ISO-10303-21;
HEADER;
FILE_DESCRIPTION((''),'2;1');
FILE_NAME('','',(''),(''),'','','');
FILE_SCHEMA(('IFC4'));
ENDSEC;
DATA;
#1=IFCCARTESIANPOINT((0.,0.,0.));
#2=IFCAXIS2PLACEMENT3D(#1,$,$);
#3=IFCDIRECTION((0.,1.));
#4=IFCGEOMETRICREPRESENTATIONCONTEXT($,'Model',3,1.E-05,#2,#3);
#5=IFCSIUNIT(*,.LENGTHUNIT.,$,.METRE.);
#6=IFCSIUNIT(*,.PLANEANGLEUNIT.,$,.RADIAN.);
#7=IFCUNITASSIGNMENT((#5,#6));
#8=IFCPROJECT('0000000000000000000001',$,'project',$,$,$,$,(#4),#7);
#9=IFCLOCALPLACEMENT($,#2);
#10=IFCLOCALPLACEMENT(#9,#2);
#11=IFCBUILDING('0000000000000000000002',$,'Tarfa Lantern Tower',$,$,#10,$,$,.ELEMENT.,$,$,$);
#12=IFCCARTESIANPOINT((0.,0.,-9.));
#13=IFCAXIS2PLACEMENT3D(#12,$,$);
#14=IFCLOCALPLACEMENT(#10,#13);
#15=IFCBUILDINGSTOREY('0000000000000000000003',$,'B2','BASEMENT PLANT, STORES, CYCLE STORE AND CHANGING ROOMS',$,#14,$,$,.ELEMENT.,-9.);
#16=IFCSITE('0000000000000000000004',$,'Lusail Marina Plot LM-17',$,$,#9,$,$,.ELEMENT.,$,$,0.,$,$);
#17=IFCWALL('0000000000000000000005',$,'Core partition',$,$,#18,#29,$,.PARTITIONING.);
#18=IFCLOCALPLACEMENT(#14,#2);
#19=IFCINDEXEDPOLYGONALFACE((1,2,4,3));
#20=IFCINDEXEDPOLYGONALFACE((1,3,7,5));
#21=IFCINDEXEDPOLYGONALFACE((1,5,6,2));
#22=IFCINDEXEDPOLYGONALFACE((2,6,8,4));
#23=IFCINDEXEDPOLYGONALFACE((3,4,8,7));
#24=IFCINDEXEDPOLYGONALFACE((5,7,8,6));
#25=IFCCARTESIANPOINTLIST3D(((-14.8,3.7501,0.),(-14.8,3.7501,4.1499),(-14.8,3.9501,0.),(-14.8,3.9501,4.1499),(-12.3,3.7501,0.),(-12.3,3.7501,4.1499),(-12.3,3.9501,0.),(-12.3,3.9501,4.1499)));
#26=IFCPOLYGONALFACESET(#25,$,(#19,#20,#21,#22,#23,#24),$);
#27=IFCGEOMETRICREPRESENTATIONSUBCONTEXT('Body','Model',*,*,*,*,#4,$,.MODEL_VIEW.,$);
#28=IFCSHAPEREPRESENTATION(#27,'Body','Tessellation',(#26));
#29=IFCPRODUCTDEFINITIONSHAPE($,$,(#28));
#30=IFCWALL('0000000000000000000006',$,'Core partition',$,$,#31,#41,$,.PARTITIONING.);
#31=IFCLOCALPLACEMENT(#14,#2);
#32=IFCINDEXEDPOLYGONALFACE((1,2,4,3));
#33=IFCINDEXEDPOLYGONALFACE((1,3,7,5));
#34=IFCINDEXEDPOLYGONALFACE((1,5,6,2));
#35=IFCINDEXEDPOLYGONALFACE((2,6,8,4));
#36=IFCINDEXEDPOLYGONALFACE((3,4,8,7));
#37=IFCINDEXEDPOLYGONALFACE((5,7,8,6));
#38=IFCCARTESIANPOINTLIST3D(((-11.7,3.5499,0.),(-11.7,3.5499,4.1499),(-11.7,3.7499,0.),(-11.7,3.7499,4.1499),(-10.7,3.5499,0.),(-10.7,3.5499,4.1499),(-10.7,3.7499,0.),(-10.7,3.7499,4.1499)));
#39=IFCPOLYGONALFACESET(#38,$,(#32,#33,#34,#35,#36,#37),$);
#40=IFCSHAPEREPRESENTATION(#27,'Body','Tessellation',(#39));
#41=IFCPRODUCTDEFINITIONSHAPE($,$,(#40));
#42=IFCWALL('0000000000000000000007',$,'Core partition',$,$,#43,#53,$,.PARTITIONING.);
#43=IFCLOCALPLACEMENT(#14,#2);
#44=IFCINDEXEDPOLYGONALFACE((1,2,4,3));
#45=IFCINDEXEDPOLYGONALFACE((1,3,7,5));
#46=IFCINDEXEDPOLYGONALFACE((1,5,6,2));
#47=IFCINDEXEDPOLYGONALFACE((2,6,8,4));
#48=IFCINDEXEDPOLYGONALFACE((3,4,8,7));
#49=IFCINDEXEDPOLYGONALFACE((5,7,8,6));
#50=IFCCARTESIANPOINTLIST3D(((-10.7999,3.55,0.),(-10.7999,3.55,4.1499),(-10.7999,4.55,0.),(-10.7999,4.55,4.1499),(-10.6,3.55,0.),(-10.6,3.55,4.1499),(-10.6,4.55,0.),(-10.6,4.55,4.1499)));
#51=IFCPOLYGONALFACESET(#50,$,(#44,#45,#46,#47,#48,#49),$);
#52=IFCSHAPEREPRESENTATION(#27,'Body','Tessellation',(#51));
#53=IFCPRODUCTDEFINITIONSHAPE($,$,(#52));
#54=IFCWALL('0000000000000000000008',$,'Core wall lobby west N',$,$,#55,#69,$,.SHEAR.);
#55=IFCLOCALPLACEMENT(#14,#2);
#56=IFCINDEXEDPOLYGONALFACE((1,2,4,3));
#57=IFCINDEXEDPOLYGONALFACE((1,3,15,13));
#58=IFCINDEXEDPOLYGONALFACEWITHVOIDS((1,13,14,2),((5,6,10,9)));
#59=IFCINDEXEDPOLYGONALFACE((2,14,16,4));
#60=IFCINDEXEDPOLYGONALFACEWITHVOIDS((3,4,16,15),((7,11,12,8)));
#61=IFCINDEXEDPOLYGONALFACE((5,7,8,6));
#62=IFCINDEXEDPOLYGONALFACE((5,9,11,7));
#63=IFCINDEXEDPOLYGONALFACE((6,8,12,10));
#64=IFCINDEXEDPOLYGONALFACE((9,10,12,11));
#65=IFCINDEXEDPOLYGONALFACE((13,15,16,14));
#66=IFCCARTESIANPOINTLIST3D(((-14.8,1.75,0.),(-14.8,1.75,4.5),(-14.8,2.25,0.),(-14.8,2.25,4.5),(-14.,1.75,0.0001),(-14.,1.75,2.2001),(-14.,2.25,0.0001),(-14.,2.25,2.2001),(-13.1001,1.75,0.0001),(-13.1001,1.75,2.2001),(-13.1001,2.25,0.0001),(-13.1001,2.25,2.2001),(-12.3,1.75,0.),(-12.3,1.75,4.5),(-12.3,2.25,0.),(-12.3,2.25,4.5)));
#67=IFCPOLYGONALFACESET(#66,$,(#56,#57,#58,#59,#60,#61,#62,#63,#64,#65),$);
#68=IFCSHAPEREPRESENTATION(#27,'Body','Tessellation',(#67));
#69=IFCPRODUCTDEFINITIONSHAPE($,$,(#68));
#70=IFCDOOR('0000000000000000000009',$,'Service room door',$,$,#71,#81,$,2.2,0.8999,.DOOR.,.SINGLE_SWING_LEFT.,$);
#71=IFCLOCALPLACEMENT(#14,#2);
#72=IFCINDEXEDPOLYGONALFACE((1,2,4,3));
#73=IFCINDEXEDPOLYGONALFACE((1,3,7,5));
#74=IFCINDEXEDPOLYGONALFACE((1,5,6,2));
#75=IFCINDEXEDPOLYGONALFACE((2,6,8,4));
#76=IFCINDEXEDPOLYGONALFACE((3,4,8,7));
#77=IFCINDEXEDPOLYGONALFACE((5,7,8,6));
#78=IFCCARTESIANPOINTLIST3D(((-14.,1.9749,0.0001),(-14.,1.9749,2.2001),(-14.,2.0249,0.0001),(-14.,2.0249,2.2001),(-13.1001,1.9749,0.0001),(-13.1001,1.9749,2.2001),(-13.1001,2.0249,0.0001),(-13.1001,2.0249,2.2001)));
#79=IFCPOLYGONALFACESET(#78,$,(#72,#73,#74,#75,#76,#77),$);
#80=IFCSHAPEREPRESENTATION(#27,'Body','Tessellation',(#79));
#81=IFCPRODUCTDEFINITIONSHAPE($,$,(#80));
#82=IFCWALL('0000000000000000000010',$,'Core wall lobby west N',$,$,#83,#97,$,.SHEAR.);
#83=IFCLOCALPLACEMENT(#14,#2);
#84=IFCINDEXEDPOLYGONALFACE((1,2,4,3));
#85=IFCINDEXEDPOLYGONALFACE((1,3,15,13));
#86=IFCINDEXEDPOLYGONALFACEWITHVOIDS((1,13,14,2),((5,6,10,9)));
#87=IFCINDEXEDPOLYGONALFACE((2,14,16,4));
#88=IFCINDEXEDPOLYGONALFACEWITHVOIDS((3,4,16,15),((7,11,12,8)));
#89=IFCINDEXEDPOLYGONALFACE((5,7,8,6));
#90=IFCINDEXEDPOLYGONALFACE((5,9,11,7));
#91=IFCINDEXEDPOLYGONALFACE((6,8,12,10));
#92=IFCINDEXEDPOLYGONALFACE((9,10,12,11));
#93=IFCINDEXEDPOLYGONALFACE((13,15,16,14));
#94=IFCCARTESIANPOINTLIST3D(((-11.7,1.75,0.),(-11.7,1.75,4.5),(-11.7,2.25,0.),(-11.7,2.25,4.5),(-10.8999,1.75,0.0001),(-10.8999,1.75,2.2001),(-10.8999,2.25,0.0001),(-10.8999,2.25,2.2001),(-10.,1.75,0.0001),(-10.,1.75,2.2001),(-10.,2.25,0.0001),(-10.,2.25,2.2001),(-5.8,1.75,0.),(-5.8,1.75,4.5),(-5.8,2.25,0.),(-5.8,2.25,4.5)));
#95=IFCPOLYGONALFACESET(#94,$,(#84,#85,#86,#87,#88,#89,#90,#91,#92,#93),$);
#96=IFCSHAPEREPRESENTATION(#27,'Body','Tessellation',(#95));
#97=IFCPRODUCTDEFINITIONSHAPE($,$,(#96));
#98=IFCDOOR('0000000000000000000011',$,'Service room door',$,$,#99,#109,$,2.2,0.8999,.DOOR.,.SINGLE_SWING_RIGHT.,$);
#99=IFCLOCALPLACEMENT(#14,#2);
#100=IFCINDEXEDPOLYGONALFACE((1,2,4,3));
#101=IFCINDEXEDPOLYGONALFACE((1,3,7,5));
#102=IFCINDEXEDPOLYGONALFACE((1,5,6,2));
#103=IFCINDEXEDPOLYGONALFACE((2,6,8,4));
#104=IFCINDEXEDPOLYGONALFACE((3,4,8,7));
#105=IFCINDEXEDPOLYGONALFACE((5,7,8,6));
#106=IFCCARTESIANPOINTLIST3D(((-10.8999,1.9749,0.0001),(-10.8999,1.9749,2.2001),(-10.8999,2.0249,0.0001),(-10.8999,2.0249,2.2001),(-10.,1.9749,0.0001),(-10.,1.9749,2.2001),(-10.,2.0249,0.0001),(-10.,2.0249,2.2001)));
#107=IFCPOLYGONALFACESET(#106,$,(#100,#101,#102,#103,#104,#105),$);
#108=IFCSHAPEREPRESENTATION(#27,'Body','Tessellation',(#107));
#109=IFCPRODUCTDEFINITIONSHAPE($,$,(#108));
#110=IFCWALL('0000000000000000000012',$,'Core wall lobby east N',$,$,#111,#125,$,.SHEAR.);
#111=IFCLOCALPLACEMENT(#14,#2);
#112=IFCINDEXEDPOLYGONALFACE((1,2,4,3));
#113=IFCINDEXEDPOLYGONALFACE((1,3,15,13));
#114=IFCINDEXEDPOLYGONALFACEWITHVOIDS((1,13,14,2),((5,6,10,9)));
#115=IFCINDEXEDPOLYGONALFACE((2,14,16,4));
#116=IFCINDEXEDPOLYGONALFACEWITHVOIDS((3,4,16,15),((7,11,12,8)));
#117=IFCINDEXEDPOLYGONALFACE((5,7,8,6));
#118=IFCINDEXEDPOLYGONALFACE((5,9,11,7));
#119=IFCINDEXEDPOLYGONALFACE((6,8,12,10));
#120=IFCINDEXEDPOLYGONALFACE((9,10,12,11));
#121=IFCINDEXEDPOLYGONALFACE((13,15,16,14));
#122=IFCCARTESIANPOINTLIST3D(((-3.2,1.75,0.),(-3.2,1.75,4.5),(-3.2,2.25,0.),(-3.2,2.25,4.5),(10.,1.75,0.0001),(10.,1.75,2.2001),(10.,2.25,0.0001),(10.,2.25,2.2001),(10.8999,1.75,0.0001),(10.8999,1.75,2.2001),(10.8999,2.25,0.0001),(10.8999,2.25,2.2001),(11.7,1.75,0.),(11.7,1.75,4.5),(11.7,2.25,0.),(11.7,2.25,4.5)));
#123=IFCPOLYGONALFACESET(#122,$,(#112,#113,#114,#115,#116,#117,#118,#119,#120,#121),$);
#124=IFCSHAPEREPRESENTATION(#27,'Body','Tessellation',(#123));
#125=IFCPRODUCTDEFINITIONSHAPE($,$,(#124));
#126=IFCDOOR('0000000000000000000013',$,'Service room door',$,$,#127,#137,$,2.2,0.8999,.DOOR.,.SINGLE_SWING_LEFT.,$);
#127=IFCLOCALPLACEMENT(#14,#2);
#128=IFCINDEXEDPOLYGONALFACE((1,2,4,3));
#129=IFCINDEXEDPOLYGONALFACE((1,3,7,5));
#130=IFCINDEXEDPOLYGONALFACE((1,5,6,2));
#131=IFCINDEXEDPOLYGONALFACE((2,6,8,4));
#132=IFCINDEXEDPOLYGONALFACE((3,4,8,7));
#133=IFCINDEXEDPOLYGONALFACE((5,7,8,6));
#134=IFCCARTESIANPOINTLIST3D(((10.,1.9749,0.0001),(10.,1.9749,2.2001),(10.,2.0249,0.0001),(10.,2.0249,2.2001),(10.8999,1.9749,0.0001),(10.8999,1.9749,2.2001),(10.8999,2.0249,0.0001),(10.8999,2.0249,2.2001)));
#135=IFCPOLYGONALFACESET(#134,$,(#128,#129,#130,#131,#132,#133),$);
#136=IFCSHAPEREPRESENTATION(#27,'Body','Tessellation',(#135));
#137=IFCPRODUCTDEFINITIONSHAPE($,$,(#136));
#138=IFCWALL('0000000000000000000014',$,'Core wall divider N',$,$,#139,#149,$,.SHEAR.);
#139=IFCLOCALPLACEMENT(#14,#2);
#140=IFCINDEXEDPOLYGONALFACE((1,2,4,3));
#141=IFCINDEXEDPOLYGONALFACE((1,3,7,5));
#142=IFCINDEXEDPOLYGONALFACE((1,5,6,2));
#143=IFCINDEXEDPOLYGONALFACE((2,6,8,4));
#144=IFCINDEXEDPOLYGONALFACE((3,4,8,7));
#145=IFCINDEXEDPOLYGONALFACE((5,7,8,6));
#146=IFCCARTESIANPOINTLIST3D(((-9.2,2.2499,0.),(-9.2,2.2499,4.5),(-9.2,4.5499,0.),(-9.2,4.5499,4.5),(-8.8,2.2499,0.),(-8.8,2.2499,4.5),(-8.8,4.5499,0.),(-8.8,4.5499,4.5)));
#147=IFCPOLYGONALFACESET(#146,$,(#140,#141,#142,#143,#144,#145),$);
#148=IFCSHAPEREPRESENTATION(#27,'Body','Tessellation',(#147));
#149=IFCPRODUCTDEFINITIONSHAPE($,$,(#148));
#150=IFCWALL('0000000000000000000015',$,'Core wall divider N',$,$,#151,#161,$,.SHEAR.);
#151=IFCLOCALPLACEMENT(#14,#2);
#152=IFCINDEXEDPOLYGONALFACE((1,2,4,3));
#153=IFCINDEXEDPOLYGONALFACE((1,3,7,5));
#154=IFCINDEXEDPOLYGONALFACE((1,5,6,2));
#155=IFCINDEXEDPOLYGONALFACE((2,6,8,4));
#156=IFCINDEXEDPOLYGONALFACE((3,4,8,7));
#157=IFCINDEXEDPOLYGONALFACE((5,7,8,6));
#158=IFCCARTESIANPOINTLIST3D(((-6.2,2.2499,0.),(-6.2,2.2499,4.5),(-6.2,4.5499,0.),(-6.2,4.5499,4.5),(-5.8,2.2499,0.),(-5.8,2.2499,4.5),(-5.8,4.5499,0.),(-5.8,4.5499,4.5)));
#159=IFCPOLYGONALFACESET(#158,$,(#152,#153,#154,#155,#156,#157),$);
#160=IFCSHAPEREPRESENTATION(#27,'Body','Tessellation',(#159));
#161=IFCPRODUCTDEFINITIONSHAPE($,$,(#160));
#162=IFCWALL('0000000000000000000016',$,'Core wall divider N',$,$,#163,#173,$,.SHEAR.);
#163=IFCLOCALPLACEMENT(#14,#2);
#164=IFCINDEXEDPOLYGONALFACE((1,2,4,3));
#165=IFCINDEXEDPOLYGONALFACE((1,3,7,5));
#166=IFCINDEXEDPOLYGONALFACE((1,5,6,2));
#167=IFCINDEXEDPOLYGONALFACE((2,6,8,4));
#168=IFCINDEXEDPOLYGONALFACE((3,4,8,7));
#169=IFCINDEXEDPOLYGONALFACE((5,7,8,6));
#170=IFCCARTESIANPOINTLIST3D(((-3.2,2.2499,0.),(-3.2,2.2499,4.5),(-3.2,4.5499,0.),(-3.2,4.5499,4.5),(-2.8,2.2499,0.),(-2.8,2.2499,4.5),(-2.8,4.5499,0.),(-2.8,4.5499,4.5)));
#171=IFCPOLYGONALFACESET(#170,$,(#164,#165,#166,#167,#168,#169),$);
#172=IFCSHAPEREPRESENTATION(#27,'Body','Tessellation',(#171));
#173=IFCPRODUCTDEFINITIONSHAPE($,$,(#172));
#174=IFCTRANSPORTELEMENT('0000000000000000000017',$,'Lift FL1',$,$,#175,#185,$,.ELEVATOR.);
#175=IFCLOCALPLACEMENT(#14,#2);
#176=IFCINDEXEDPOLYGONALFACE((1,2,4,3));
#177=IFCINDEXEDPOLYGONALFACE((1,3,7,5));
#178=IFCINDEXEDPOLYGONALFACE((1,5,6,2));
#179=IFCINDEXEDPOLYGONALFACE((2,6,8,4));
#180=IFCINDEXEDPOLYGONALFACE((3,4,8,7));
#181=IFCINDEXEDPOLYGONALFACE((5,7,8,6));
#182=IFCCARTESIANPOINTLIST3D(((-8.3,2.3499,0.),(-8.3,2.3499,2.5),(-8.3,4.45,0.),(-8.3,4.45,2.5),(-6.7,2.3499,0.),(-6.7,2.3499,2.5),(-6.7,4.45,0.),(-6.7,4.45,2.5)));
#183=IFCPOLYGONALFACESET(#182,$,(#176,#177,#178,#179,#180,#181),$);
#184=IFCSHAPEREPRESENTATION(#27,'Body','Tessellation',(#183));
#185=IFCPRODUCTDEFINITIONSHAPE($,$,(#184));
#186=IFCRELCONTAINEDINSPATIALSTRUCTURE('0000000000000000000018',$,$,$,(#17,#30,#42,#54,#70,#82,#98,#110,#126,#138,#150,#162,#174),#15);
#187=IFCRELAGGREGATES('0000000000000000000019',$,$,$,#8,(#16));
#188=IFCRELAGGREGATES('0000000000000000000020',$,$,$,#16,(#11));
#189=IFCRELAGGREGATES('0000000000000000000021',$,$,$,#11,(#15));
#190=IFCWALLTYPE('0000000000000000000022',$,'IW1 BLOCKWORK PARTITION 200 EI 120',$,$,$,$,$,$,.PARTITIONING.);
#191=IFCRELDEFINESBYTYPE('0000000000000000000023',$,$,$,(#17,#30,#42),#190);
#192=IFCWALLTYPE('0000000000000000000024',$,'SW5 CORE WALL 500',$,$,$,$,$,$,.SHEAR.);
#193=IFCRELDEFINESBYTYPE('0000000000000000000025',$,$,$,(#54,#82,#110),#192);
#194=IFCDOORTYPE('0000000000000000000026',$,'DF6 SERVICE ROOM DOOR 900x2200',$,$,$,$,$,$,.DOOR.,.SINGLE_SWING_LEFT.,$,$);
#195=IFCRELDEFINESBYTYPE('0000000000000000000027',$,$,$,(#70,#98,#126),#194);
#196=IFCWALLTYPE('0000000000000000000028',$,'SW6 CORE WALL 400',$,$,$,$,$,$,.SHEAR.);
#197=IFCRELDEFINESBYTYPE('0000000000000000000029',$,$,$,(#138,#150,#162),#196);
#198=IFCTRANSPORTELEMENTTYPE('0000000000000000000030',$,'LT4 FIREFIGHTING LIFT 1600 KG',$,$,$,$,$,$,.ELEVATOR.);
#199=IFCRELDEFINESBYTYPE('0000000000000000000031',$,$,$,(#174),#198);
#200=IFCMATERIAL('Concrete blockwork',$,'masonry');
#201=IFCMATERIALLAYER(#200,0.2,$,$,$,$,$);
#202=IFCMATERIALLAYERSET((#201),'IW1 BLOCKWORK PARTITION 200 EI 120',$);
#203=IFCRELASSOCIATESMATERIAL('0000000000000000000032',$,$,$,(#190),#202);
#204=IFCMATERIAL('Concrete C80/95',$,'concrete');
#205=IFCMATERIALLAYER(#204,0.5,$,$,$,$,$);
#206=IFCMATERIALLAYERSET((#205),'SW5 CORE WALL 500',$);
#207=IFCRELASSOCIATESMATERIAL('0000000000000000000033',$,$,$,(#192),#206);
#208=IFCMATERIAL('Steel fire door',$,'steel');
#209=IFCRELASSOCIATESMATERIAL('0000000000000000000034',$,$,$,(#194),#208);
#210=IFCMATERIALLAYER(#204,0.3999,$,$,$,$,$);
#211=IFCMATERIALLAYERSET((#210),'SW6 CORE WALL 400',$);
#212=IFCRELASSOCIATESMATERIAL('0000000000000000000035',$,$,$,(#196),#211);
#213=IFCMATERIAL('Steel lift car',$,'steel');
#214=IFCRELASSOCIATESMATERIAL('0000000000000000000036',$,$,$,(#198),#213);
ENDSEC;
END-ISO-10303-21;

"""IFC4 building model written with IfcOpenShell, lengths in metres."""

from ifc_helpers import new_model, si_unit, direction, frame, frame_2d, origin, origin_2d, place, context, subcontext, project, spatial, rectangle, extrude, material, layer, layer_set, type_object, element, fill, save


model = new_model("IFC4")

# Units and contexts
model_context = context("Model", 3, precision=1e-05, world=origin(), true_north=direction((0.0, 1.0)))
body_context = subcontext(model_context, "Body", "Model", "MODEL_VIEW")
ifc_project = project(units=[si_unit("LENGTHUNIT", "METRE"), si_unit("PLANEANGLEUNIT", "RADIAN")], contexts=[model_context])

# Site, building, storey
site_placement = place(None, origin())
site = spatial("IfcSite", under=ifc_project, at=site_placement, Name="Lusail Marina Plot LM-17", CompositionType="ELEMENT", RefElevation=0.0)
building_placement = place(site_placement, origin())
building = spatial("IfcBuilding", under=site, at=building_placement, Name="Tarfa Lantern Tower", CompositionType="ELEMENT")
storey_placement = place(building_placement, frame((0.0, 0.0, -9.0)))
storey = spatial("IfcBuildingStorey", under=building, at=storey_placement, Name="B2", Description="BASEMENT PLANT, STORES, CYCLE STORE AND CHANGING ROOMS", CompositionType="ELEMENT", Elevation=-9.0)

# Walls
ifc_material_1 = material(Name="Concrete blockwork", Category="masonry")
ifc_layer_1 = layer(ifc_material_1, 0.2)
ifc_layer_set_1 = layer_set([ifc_layer_1], Name="IW1 BLOCKWORK PARTITION 200 EI 120")
wall_type_1 = type_object("IfcWallType", Name="IW1 BLOCKWORK PARTITION 200 EI 120", PredefinedType="PARTITIONING", material=ifc_layer_set_1)
wall_1_placement = place(storey_placement, frame((-14.8, 3.8501, 0.0), z_axis=(0.0, 0.0, 1.0), x_axis=(1.0, 0.0, 0.0)))
element("IfcWall", 1, at=wall_1_placement, inside=storey, type_object=wall_type_1, Name="Core partition", PredefinedType="PARTITIONING", context=body_context, shape_type="SweptSolid", body=[
    extrude(rectangle(XDim=2.5, YDim=0.2, at=frame_2d((1.25, 0.0))), origin(), (0.0, 0.0, 1.0), 4.1499),
])
for number, where, z_axis, x_axis, name in (
    (2, (-11.7, 3.6499, 0.0), (0.0, 0.0, 1.0), (1.0, 0.0, 0.0), "Core partition"),
    (3, (-10.7, 3.55, 0.0), (0.0, 0.0, 1.0), (0.0, 1.0, 0.0), "Core partition"),
):
    element("IfcWall", number, at=place(storey_placement, frame(where, z_axis=z_axis, x_axis=x_axis)), inside=storey, type_object=wall_type_1, Name=name, PredefinedType="PARTITIONING", context=body_context, shape_type="SweptSolid", body=[
        extrude(rectangle(XDim=1.0, YDim=0.2, at=frame_2d((0.5, 0.0))), origin(), (0.0, 0.0, 1.0), 4.1499),
    ])

# Walls, openings, doors
ifc_material_2 = material(Name="Concrete C80/95", Category="concrete")
ifc_layer_2 = layer(ifc_material_2, 0.5)
ifc_layer_set_2 = layer_set([ifc_layer_2], Name="SW5 CORE WALL 500")
wall_type_2 = type_object("IfcWallType", Name="SW5 CORE WALL 500", PredefinedType="SHEAR", material=ifc_layer_set_2)
wall_2_placement = place(storey_placement, frame((-14.8, 2.0, 0.0), z_axis=(0.0, 0.0, 1.0), x_axis=(1.0, 0.0, 0.0)))
wall_2 = element("IfcWall", 4, at=wall_2_placement, inside=storey, type_object=wall_type_2, Name="Core wall lobby west N", PredefinedType="SHEAR", context=body_context, shape_type="SweptSolid", body=[
    extrude(rectangle(XDim=2.5, YDim=0.5, at=frame_2d((1.25, 0.0))), origin(), (0.0, 0.0, 1.0), 4.5),
])
opening_1_placement = place(wall_2_placement, frame((0.8, 0.0, 0.0)))
opening_1 = element("IfcOpeningElement", 5, at=opening_1_placement, cuts=wall_2, PredefinedType="OPENING", context=body_context, shape_type="SweptSolid", body=[
    extrude(rectangle(XDim=0.8999, YDim=2.2, at=frame_2d((0.45, 1.1001))), frame((0.0, 0.26, 0.0), z_axis=(0.0, -1.0, 0.0), x_axis=(1.0, 0.0, 0.0)), (0.0, 0.0, 1.0), 0.52),
])
ifc_material_3 = material(Name="Steel fire door", Category="steel")
door_type = type_object("IfcDoorType", Name="DF6 SERVICE ROOM DOOR 900x2200", OperationType="SINGLE_SWING_LEFT", PredefinedType="DOOR", material=ifc_material_3)
door_1_placement = place(opening_1_placement, origin())
door_1 = element("IfcDoor", 6, at=door_1_placement, inside=storey, type_object=door_type, Name="Service room door", OperationType="SINGLE_SWING_LEFT", OverallHeight=2.2, OverallWidth=0.8999, PredefinedType="DOOR", context=body_context, shape_type="SweptSolid", body=[
    extrude(rectangle(XDim=0.8999, YDim=2.2, at=frame_2d((0.45, 1.1001))), frame((0.0, 0.0249, 0.0), z_axis=(0.0, -1.0, 0.0), x_axis=(1.0, 0.0, 0.0)), (0.0, 0.0, 1.0), 0.05),
])
fill(opening_1, door_1)
wall_3_placement = place(storey_placement, frame((-11.7, 2.0, 0.0), z_axis=(0.0, 0.0, 1.0), x_axis=(1.0, 0.0, 0.0)))
wall_3 = element("IfcWall", 7, at=wall_3_placement, inside=storey, type_object=wall_type_2, Name="Core wall lobby west N", PredefinedType="SHEAR", context=body_context, shape_type="SweptSolid", body=[
    extrude(rectangle(XDim=5.8999, YDim=0.5, at=frame_2d((2.95, 0.0))), origin(), (0.0, 0.0, 1.0), 4.5),
])
opening_2_placement = place(wall_3_placement, frame((0.8, 0.0, 0.0)))
opening_2 = element("IfcOpeningElement", 8, at=opening_2_placement, cuts=wall_3, PredefinedType="OPENING", context=body_context, shape_type="SweptSolid", body=[
    extrude(rectangle(XDim=0.8999, YDim=2.2, at=frame_2d((0.45, 1.1001))), frame((0.0, 0.26, 0.0), z_axis=(0.0, -1.0, 0.0), x_axis=(1.0, 0.0, 0.0)), (0.0, 0.0, 1.0), 0.52),
])
door_2_placement = place(opening_2_placement, origin())
door_2 = element("IfcDoor", 9, at=door_2_placement, inside=storey, type_object=door_type, Name="Service room door", OperationType="SINGLE_SWING_RIGHT", OverallHeight=2.2, OverallWidth=0.8999, PredefinedType="DOOR", context=body_context, shape_type="SweptSolid", body=[
    extrude(rectangle(XDim=0.8999, YDim=2.2, at=frame_2d((0.45, 1.1001))), frame((0.0, 0.0249, 0.0), z_axis=(0.0, -1.0, 0.0), x_axis=(1.0, 0.0, 0.0)), (0.0, 0.0, 1.0), 0.05),
])
fill(opening_2, door_2)
wall_4_placement = place(storey_placement, frame((-3.2, 2.0, 0.0), z_axis=(0.0, 0.0, 1.0), x_axis=(1.0, 0.0, 0.0)))
wall_4 = element("IfcWall", 10, at=wall_4_placement, inside=storey, type_object=wall_type_2, Name="Core wall lobby east N", PredefinedType="SHEAR", context=body_context, shape_type="SweptSolid", body=[
    extrude(rectangle(XDim=14.8999, YDim=0.5, at=frame_2d((7.45, 0.0))), origin(), (0.0, 0.0, 1.0), 4.5),
])
opening_3_placement = place(wall_4_placement, frame((13.2, 0.0, 0.0)))
opening_3 = element("IfcOpeningElement", 11, at=opening_3_placement, cuts=wall_4, PredefinedType="OPENING", context=body_context, shape_type="SweptSolid", body=[
    extrude(rectangle(XDim=0.8999, YDim=2.2, at=frame_2d((0.45, 1.1001))), frame((0.0, 0.26, 0.0), z_axis=(0.0, -1.0, 0.0), x_axis=(1.0, 0.0, 0.0)), (0.0, 0.0, 1.0), 0.52),
])
door_3_placement = place(opening_3_placement, origin())
door_3 = element("IfcDoor", 12, at=door_3_placement, inside=storey, type_object=door_type, Name="Service room door", OperationType="SINGLE_SWING_LEFT", OverallHeight=2.2, OverallWidth=0.8999, PredefinedType="DOOR", context=body_context, shape_type="SweptSolid", body=[
    extrude(rectangle(XDim=0.8999, YDim=2.2, at=frame_2d((0.45, 1.1001))), frame((0.0, 0.0249, 0.0), z_axis=(0.0, -1.0, 0.0), x_axis=(1.0, 0.0, 0.0)), (0.0, 0.0, 1.0), 0.05),
])
fill(opening_3, door_3)

# Walls
ifc_layer_3 = layer(ifc_material_2, 0.3999)
ifc_layer_set_3 = layer_set([ifc_layer_3], Name="SW6 CORE WALL 400")
wall_type_3 = type_object("IfcWallType", Name="SW6 CORE WALL 400", PredefinedType="SHEAR", material=ifc_layer_set_3)
for number, where, z_axis, x_axis, name in (
    (13, (-9.0, 2.25, 0.0), (0.0, 0.0, 1.0), (0.0, 1.0, 0.0), "Core wall divider N"),
    (14, (-6.0, 2.25, 0.0), (0.0, 0.0, 1.0), (0.0, 1.0, 0.0), "Core wall divider N"),
    (15, (-3.0, 2.25, 0.0), (0.0, 0.0, 1.0), (0.0, 1.0, 0.0), "Core wall divider N"),
):
    element("IfcWall", number, at=place(storey_placement, frame(where, z_axis=z_axis, x_axis=x_axis)), inside=storey, type_object=wall_type_3, Name=name, PredefinedType="SHEAR", context=body_context, shape_type="SweptSolid", body=[
        extrude(rectangle(XDim=2.3, YDim=0.3999, at=frame_2d((1.1499, 0.0))), origin(), (0.0, 0.0, 1.0), 4.5),
    ])

# Transport element
ifc_material_4 = material(Name="Steel lift car", Category="steel")
transport_element_type = type_object("IfcTransportElementType", Name="LT4 FIREFIGHTING LIFT 1600 KG", PredefinedType="ELEVATOR", material=ifc_material_4)
transport_element_placement = place(storey_placement, frame((-7.5, 3.3999, 0.0), z_axis=(0.0, 0.0, 1.0), x_axis=(1.0, 0.0, 0.0)))
element("IfcTransportElement", 16, at=transport_element_placement, inside=storey, type_object=transport_element_type, Name="Lift FL1", PredefinedType="ELEVATOR", context=body_context, shape_type="SweptSolid", body=[
    extrude(rectangle(XDim=1.6001, YDim=2.1001, at=origin_2d()), origin(), (0.0, 0.0, 1.0), 2.5),
])

save(model, "model.ifc")
